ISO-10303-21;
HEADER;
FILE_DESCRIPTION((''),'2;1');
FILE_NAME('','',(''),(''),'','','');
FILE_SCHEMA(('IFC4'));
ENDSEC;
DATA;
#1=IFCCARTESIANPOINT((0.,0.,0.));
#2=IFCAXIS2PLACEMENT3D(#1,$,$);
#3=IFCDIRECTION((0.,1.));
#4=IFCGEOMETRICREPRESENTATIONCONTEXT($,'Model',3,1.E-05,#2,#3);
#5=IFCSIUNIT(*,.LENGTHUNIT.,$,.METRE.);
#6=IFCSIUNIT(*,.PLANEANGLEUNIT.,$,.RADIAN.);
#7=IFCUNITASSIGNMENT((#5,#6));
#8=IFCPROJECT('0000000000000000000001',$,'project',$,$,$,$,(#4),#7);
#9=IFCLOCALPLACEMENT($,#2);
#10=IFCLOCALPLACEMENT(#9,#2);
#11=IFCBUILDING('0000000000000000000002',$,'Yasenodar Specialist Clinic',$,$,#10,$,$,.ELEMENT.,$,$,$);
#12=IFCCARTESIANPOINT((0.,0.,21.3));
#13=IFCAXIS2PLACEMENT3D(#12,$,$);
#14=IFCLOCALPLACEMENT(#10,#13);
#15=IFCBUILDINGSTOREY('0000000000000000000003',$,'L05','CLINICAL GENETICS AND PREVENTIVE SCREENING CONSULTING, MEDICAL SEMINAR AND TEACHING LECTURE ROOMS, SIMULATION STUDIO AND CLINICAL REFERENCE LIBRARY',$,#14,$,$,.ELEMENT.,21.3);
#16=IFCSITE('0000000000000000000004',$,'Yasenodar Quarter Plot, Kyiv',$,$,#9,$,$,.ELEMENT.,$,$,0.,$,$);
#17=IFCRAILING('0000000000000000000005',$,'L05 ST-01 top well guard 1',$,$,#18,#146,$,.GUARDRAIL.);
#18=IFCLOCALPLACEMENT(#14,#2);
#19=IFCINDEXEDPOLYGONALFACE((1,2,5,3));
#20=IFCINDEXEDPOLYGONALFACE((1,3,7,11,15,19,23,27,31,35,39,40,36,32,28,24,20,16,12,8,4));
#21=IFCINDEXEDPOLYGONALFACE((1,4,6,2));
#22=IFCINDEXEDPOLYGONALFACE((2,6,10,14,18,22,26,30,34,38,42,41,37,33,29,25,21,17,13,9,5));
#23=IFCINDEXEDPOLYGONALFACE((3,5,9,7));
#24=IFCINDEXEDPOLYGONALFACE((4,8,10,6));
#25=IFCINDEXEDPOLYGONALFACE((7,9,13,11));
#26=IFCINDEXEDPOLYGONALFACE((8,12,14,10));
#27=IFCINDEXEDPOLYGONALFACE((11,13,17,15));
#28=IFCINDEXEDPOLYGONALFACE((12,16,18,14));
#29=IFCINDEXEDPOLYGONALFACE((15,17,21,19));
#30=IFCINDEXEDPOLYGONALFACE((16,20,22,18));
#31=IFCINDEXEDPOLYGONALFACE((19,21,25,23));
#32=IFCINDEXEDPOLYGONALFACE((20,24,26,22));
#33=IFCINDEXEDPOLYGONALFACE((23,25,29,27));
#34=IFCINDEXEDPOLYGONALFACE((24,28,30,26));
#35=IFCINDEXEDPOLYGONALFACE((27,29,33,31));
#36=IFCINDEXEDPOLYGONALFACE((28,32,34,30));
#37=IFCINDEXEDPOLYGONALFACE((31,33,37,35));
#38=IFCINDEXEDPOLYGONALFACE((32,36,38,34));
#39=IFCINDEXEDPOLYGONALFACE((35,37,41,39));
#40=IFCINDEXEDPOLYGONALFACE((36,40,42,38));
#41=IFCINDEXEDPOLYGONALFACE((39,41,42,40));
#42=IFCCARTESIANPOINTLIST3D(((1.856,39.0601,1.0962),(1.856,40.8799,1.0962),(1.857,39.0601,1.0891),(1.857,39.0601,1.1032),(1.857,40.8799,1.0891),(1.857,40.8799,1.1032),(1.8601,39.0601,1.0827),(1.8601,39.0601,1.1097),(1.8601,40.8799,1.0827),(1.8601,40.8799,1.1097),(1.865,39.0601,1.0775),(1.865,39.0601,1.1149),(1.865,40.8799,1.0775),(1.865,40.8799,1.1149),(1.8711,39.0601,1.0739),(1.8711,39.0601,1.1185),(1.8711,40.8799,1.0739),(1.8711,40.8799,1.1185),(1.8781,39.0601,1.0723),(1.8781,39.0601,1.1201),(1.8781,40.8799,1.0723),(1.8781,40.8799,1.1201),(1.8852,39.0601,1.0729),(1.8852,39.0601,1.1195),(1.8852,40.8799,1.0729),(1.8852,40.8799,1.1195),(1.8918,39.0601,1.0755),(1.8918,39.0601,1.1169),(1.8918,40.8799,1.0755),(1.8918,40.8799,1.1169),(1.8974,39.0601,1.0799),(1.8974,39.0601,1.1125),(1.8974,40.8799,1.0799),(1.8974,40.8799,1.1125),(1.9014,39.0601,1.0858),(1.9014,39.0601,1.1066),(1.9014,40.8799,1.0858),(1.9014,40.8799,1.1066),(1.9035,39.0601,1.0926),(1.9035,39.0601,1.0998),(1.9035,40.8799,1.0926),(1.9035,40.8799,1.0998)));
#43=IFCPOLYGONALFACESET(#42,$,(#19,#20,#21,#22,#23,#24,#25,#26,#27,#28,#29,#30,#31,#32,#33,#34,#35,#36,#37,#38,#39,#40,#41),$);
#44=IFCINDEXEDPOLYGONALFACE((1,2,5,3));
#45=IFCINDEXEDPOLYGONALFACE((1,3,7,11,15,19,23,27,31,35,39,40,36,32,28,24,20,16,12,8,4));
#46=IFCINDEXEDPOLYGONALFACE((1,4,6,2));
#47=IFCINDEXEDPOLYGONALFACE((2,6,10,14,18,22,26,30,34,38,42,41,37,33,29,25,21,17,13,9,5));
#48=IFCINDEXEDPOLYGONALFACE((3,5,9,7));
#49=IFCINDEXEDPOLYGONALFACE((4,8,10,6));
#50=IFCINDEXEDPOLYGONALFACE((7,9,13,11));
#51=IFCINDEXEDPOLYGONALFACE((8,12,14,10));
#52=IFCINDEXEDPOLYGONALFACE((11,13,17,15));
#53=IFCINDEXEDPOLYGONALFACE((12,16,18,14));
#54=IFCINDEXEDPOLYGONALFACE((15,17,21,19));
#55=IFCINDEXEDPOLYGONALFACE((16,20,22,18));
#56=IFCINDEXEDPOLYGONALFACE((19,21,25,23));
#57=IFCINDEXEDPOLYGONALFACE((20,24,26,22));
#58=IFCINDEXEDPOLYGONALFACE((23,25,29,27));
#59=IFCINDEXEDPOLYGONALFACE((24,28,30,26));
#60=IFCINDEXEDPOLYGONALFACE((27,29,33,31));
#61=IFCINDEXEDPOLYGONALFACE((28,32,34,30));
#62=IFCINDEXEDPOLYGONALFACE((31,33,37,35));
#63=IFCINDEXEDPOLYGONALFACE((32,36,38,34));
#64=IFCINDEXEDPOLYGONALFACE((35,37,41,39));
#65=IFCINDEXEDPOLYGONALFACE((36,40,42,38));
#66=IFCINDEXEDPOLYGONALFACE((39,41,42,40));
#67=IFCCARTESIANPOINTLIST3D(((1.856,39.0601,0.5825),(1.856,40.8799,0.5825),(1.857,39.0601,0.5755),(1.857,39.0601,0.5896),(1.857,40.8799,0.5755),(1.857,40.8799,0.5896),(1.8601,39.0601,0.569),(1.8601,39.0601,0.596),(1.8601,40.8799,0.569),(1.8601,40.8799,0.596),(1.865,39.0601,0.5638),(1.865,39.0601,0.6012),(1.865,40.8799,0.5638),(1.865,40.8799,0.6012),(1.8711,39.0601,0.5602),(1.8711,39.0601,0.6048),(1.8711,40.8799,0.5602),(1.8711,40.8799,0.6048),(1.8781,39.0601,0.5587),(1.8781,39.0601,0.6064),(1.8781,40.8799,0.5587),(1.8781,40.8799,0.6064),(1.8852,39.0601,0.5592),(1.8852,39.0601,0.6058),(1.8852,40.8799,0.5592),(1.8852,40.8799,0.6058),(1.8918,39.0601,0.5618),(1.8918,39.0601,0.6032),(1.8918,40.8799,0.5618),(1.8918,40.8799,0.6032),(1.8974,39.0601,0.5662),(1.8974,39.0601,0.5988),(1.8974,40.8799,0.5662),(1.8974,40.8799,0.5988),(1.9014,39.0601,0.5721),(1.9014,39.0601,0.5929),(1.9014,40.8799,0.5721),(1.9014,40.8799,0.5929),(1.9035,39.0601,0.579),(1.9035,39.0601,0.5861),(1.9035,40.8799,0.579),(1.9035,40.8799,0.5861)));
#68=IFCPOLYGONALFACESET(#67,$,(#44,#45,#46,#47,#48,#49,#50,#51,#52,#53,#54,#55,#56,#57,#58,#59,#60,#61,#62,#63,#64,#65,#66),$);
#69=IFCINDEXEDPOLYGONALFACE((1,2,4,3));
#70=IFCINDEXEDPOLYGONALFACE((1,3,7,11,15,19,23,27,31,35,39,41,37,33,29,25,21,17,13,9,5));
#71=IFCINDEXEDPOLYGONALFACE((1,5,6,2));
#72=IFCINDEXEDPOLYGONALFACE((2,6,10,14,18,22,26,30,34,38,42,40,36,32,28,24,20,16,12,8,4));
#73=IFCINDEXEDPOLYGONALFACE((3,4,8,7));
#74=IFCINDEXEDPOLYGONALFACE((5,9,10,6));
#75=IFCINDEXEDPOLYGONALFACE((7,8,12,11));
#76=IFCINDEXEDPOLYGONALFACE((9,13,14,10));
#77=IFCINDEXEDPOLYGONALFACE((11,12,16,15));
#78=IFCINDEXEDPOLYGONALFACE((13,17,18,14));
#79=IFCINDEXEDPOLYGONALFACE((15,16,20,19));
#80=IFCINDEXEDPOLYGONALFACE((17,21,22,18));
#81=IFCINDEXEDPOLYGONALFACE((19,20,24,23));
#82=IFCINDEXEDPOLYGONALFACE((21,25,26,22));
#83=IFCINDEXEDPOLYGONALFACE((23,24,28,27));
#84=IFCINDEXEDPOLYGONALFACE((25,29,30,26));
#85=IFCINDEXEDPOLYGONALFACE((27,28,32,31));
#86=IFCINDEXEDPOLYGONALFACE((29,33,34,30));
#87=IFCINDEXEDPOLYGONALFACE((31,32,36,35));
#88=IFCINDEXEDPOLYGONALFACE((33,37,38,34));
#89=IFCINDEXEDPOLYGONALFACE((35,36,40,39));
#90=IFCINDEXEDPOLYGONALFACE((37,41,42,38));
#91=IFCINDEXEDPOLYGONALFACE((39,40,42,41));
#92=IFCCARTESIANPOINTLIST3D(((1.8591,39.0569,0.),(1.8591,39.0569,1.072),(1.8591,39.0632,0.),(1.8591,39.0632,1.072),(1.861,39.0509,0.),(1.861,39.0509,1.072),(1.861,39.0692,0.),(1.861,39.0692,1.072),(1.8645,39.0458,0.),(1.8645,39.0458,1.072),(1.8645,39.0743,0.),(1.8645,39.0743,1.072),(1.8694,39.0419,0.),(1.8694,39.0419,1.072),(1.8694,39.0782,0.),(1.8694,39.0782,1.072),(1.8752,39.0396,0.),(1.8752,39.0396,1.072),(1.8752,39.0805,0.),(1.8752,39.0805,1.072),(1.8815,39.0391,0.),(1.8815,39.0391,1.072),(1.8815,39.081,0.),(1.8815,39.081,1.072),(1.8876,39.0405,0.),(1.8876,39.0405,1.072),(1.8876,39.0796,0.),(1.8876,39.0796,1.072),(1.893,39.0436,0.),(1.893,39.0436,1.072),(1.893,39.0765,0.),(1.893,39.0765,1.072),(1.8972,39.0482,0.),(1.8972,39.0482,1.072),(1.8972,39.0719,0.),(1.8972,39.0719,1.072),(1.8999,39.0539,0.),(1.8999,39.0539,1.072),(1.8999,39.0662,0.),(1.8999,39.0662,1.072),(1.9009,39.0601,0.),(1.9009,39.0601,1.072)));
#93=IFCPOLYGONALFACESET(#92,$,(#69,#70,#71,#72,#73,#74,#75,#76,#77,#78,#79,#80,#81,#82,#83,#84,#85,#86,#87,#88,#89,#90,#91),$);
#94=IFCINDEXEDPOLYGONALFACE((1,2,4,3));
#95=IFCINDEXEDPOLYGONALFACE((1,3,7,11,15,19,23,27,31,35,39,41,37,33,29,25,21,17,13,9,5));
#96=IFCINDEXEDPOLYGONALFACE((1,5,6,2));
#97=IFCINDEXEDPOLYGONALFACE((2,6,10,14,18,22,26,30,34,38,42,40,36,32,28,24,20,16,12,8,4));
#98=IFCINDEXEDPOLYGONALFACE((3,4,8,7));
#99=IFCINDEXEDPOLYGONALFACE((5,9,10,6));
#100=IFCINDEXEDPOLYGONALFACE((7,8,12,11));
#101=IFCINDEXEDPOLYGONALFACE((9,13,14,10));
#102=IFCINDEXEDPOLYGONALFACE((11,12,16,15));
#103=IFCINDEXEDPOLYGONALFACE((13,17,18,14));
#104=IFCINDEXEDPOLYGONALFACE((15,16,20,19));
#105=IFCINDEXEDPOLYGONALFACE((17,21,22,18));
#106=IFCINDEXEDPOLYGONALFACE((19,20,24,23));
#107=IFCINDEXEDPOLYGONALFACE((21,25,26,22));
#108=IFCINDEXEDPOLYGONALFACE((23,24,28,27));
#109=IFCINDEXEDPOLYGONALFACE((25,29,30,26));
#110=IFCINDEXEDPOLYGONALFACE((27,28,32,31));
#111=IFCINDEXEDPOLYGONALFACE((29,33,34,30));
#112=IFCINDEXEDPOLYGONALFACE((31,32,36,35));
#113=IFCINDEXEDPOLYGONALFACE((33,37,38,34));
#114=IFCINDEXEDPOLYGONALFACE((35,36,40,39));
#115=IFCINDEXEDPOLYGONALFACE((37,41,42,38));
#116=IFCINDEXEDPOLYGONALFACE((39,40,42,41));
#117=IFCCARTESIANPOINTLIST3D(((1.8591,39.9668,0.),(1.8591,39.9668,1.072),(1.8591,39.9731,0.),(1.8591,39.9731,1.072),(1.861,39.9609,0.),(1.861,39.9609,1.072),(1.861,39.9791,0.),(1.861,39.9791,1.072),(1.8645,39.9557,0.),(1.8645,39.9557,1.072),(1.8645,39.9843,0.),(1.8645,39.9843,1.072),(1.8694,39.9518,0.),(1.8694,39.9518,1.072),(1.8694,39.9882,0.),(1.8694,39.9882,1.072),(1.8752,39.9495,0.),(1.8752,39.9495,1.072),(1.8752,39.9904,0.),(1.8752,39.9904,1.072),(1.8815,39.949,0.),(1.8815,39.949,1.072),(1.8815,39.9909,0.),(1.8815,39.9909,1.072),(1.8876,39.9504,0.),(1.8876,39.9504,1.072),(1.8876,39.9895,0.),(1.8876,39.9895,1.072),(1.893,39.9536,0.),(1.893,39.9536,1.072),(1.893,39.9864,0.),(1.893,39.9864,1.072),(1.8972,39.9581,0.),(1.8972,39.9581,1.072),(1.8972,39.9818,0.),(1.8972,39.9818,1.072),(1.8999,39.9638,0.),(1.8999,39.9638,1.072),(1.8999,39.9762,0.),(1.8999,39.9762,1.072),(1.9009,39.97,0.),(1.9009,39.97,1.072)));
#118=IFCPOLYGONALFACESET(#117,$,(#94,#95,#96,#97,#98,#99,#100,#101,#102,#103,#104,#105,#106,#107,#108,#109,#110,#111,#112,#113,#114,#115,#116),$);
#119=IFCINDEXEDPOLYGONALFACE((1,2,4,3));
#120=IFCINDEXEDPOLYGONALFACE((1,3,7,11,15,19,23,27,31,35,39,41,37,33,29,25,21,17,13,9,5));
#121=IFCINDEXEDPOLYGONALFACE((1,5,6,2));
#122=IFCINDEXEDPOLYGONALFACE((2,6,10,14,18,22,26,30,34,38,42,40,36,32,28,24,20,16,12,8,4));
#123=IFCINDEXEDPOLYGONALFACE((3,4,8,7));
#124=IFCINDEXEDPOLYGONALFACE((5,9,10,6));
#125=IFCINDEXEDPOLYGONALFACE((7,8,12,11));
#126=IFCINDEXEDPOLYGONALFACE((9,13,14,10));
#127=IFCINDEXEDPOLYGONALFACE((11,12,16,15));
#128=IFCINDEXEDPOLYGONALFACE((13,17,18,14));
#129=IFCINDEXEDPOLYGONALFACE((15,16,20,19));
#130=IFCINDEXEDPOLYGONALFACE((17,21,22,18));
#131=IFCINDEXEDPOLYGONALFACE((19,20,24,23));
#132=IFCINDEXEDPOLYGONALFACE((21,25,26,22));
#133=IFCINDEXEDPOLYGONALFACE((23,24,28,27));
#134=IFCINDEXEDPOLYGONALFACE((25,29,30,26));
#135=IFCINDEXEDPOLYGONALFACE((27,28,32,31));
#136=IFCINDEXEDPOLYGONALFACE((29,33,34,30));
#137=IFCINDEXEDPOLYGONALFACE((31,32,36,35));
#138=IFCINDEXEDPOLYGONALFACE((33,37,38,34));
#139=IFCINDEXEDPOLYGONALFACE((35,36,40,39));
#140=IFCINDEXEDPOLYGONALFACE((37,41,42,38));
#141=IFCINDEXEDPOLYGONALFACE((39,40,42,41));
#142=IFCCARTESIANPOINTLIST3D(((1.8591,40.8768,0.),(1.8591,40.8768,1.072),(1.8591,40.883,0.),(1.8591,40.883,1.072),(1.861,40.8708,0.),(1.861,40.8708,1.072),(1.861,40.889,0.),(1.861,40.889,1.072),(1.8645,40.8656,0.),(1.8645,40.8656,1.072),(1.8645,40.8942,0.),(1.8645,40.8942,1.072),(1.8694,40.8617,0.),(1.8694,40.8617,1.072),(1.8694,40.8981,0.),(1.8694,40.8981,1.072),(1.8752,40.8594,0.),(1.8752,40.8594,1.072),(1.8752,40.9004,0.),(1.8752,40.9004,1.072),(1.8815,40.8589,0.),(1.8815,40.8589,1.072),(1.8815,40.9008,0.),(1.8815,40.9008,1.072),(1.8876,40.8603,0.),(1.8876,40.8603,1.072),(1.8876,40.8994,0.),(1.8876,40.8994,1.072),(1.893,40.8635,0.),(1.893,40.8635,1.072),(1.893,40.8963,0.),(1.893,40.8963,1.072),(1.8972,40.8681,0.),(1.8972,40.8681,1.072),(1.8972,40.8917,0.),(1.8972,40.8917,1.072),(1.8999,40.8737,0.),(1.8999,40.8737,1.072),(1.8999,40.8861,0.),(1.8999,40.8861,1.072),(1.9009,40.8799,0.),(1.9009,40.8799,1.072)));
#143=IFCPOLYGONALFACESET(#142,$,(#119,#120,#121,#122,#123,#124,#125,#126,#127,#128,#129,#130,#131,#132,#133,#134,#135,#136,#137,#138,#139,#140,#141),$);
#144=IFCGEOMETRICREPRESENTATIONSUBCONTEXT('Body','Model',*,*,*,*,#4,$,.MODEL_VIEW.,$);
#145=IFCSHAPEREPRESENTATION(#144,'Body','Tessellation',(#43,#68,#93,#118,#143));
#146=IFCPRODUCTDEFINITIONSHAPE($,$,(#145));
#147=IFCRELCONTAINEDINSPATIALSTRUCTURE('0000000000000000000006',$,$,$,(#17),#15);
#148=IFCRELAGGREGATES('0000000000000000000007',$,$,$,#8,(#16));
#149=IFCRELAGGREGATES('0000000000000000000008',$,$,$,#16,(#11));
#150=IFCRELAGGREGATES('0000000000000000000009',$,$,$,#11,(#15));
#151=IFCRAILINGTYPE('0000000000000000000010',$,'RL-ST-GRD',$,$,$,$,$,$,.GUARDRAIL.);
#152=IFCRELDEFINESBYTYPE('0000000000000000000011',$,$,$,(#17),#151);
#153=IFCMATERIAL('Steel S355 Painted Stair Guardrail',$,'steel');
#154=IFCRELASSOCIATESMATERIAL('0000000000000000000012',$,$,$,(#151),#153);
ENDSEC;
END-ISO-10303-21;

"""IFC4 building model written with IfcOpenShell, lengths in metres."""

from ifc_helpers import new_model, si_unit, direction, frame, origin, origin_2d, place, context, subcontext, project, spatial, circle, extrude, material, type_object, element, save


model = new_model("IFC4")

# Units and contexts
model_context = context("Model", 3, precision=1e-05, world=origin(), true_north=direction((0.0, 1.0)))
body_context = subcontext(model_context, "Body", "Model", "MODEL_VIEW")
ifc_project = project(units=[si_unit("LENGTHUNIT", "METRE"), si_unit("PLANEANGLEUNIT", "RADIAN")], contexts=[model_context])

# Site, building, storey
site_placement = place(None, origin())
site = spatial("IfcSite", under=ifc_project, at=site_placement, Name="Yasenodar Quarter Plot, Kyiv", CompositionType="ELEMENT", RefElevation=0.0)
building_placement = place(site_placement, origin())
building = spatial("IfcBuilding", under=site, at=building_placement, Name="Yasenodar Specialist Clinic", CompositionType="ELEMENT")
storey_placement = place(building_placement, frame((0.0, 0.0, 21.3)))
storey = spatial("IfcBuildingStorey", under=building, at=storey_placement, Name="L05", Description="CLINICAL GENETICS AND PREVENTIVE SCREENING CONSULTING, MEDICAL SEMINAR AND TEACHING LECTURE ROOMS, SIMULATION STUDIO AND CLINICAL REFERENCE LIBRARY", CompositionType="ELEMENT", Elevation=21.3)

# Railing
ifc_material_1 = material(Name="Steel S355 Painted Stair Guardrail", Category="steel")
railing_type_1 = type_object("IfcRailingType", Name="RL-ST-GRD", PredefinedType="GUARDRAIL", material=ifc_material_1)
railing_1_placement = place(storey_placement, frame((1.8799, 39.0601, 0.0)))
element("IfcRailing", 1, at=railing_1_placement, inside=storey, type_object=railing_type_1, Name="L05 ST-01 top well guard 1", PredefinedType="GUARDRAIL", context=body_context, shape_type="SweptSolid", body=[
    extrude(circle(Radius=0.0239, at=origin_2d()), frame((0.0, 0.0, 1.0962), z_axis=(0.0, 1.0, 0.0), x_axis=(-1.0, 0.0, 0.0)), (0.0, 0.0, 1.0), 1.8198),
    extrude(circle(Radius=0.0239, at=origin_2d()), frame((0.0, 0.0, 0.5825), z_axis=(0.0, 1.0, 0.0), x_axis=(-1.0, 0.0, 0.0)), (0.0, 0.0, 1.0), 1.8198),
    extrude(circle(Radius=0.021, at=origin_2d()), origin(), (0.0, 0.0, 1.0), 1.072),
    extrude(circle(Radius=0.021, at=origin_2d()), frame((0.0, 0.9099, 0.0)), (0.0, 0.0, 1.0), 1.072),
    extrude(circle(Radius=0.021, at=origin_2d()), frame((0.0, 1.8198, 0.0)), (0.0, 0.0, 1.0), 1.072),
])

save(model, "model.ifc")
